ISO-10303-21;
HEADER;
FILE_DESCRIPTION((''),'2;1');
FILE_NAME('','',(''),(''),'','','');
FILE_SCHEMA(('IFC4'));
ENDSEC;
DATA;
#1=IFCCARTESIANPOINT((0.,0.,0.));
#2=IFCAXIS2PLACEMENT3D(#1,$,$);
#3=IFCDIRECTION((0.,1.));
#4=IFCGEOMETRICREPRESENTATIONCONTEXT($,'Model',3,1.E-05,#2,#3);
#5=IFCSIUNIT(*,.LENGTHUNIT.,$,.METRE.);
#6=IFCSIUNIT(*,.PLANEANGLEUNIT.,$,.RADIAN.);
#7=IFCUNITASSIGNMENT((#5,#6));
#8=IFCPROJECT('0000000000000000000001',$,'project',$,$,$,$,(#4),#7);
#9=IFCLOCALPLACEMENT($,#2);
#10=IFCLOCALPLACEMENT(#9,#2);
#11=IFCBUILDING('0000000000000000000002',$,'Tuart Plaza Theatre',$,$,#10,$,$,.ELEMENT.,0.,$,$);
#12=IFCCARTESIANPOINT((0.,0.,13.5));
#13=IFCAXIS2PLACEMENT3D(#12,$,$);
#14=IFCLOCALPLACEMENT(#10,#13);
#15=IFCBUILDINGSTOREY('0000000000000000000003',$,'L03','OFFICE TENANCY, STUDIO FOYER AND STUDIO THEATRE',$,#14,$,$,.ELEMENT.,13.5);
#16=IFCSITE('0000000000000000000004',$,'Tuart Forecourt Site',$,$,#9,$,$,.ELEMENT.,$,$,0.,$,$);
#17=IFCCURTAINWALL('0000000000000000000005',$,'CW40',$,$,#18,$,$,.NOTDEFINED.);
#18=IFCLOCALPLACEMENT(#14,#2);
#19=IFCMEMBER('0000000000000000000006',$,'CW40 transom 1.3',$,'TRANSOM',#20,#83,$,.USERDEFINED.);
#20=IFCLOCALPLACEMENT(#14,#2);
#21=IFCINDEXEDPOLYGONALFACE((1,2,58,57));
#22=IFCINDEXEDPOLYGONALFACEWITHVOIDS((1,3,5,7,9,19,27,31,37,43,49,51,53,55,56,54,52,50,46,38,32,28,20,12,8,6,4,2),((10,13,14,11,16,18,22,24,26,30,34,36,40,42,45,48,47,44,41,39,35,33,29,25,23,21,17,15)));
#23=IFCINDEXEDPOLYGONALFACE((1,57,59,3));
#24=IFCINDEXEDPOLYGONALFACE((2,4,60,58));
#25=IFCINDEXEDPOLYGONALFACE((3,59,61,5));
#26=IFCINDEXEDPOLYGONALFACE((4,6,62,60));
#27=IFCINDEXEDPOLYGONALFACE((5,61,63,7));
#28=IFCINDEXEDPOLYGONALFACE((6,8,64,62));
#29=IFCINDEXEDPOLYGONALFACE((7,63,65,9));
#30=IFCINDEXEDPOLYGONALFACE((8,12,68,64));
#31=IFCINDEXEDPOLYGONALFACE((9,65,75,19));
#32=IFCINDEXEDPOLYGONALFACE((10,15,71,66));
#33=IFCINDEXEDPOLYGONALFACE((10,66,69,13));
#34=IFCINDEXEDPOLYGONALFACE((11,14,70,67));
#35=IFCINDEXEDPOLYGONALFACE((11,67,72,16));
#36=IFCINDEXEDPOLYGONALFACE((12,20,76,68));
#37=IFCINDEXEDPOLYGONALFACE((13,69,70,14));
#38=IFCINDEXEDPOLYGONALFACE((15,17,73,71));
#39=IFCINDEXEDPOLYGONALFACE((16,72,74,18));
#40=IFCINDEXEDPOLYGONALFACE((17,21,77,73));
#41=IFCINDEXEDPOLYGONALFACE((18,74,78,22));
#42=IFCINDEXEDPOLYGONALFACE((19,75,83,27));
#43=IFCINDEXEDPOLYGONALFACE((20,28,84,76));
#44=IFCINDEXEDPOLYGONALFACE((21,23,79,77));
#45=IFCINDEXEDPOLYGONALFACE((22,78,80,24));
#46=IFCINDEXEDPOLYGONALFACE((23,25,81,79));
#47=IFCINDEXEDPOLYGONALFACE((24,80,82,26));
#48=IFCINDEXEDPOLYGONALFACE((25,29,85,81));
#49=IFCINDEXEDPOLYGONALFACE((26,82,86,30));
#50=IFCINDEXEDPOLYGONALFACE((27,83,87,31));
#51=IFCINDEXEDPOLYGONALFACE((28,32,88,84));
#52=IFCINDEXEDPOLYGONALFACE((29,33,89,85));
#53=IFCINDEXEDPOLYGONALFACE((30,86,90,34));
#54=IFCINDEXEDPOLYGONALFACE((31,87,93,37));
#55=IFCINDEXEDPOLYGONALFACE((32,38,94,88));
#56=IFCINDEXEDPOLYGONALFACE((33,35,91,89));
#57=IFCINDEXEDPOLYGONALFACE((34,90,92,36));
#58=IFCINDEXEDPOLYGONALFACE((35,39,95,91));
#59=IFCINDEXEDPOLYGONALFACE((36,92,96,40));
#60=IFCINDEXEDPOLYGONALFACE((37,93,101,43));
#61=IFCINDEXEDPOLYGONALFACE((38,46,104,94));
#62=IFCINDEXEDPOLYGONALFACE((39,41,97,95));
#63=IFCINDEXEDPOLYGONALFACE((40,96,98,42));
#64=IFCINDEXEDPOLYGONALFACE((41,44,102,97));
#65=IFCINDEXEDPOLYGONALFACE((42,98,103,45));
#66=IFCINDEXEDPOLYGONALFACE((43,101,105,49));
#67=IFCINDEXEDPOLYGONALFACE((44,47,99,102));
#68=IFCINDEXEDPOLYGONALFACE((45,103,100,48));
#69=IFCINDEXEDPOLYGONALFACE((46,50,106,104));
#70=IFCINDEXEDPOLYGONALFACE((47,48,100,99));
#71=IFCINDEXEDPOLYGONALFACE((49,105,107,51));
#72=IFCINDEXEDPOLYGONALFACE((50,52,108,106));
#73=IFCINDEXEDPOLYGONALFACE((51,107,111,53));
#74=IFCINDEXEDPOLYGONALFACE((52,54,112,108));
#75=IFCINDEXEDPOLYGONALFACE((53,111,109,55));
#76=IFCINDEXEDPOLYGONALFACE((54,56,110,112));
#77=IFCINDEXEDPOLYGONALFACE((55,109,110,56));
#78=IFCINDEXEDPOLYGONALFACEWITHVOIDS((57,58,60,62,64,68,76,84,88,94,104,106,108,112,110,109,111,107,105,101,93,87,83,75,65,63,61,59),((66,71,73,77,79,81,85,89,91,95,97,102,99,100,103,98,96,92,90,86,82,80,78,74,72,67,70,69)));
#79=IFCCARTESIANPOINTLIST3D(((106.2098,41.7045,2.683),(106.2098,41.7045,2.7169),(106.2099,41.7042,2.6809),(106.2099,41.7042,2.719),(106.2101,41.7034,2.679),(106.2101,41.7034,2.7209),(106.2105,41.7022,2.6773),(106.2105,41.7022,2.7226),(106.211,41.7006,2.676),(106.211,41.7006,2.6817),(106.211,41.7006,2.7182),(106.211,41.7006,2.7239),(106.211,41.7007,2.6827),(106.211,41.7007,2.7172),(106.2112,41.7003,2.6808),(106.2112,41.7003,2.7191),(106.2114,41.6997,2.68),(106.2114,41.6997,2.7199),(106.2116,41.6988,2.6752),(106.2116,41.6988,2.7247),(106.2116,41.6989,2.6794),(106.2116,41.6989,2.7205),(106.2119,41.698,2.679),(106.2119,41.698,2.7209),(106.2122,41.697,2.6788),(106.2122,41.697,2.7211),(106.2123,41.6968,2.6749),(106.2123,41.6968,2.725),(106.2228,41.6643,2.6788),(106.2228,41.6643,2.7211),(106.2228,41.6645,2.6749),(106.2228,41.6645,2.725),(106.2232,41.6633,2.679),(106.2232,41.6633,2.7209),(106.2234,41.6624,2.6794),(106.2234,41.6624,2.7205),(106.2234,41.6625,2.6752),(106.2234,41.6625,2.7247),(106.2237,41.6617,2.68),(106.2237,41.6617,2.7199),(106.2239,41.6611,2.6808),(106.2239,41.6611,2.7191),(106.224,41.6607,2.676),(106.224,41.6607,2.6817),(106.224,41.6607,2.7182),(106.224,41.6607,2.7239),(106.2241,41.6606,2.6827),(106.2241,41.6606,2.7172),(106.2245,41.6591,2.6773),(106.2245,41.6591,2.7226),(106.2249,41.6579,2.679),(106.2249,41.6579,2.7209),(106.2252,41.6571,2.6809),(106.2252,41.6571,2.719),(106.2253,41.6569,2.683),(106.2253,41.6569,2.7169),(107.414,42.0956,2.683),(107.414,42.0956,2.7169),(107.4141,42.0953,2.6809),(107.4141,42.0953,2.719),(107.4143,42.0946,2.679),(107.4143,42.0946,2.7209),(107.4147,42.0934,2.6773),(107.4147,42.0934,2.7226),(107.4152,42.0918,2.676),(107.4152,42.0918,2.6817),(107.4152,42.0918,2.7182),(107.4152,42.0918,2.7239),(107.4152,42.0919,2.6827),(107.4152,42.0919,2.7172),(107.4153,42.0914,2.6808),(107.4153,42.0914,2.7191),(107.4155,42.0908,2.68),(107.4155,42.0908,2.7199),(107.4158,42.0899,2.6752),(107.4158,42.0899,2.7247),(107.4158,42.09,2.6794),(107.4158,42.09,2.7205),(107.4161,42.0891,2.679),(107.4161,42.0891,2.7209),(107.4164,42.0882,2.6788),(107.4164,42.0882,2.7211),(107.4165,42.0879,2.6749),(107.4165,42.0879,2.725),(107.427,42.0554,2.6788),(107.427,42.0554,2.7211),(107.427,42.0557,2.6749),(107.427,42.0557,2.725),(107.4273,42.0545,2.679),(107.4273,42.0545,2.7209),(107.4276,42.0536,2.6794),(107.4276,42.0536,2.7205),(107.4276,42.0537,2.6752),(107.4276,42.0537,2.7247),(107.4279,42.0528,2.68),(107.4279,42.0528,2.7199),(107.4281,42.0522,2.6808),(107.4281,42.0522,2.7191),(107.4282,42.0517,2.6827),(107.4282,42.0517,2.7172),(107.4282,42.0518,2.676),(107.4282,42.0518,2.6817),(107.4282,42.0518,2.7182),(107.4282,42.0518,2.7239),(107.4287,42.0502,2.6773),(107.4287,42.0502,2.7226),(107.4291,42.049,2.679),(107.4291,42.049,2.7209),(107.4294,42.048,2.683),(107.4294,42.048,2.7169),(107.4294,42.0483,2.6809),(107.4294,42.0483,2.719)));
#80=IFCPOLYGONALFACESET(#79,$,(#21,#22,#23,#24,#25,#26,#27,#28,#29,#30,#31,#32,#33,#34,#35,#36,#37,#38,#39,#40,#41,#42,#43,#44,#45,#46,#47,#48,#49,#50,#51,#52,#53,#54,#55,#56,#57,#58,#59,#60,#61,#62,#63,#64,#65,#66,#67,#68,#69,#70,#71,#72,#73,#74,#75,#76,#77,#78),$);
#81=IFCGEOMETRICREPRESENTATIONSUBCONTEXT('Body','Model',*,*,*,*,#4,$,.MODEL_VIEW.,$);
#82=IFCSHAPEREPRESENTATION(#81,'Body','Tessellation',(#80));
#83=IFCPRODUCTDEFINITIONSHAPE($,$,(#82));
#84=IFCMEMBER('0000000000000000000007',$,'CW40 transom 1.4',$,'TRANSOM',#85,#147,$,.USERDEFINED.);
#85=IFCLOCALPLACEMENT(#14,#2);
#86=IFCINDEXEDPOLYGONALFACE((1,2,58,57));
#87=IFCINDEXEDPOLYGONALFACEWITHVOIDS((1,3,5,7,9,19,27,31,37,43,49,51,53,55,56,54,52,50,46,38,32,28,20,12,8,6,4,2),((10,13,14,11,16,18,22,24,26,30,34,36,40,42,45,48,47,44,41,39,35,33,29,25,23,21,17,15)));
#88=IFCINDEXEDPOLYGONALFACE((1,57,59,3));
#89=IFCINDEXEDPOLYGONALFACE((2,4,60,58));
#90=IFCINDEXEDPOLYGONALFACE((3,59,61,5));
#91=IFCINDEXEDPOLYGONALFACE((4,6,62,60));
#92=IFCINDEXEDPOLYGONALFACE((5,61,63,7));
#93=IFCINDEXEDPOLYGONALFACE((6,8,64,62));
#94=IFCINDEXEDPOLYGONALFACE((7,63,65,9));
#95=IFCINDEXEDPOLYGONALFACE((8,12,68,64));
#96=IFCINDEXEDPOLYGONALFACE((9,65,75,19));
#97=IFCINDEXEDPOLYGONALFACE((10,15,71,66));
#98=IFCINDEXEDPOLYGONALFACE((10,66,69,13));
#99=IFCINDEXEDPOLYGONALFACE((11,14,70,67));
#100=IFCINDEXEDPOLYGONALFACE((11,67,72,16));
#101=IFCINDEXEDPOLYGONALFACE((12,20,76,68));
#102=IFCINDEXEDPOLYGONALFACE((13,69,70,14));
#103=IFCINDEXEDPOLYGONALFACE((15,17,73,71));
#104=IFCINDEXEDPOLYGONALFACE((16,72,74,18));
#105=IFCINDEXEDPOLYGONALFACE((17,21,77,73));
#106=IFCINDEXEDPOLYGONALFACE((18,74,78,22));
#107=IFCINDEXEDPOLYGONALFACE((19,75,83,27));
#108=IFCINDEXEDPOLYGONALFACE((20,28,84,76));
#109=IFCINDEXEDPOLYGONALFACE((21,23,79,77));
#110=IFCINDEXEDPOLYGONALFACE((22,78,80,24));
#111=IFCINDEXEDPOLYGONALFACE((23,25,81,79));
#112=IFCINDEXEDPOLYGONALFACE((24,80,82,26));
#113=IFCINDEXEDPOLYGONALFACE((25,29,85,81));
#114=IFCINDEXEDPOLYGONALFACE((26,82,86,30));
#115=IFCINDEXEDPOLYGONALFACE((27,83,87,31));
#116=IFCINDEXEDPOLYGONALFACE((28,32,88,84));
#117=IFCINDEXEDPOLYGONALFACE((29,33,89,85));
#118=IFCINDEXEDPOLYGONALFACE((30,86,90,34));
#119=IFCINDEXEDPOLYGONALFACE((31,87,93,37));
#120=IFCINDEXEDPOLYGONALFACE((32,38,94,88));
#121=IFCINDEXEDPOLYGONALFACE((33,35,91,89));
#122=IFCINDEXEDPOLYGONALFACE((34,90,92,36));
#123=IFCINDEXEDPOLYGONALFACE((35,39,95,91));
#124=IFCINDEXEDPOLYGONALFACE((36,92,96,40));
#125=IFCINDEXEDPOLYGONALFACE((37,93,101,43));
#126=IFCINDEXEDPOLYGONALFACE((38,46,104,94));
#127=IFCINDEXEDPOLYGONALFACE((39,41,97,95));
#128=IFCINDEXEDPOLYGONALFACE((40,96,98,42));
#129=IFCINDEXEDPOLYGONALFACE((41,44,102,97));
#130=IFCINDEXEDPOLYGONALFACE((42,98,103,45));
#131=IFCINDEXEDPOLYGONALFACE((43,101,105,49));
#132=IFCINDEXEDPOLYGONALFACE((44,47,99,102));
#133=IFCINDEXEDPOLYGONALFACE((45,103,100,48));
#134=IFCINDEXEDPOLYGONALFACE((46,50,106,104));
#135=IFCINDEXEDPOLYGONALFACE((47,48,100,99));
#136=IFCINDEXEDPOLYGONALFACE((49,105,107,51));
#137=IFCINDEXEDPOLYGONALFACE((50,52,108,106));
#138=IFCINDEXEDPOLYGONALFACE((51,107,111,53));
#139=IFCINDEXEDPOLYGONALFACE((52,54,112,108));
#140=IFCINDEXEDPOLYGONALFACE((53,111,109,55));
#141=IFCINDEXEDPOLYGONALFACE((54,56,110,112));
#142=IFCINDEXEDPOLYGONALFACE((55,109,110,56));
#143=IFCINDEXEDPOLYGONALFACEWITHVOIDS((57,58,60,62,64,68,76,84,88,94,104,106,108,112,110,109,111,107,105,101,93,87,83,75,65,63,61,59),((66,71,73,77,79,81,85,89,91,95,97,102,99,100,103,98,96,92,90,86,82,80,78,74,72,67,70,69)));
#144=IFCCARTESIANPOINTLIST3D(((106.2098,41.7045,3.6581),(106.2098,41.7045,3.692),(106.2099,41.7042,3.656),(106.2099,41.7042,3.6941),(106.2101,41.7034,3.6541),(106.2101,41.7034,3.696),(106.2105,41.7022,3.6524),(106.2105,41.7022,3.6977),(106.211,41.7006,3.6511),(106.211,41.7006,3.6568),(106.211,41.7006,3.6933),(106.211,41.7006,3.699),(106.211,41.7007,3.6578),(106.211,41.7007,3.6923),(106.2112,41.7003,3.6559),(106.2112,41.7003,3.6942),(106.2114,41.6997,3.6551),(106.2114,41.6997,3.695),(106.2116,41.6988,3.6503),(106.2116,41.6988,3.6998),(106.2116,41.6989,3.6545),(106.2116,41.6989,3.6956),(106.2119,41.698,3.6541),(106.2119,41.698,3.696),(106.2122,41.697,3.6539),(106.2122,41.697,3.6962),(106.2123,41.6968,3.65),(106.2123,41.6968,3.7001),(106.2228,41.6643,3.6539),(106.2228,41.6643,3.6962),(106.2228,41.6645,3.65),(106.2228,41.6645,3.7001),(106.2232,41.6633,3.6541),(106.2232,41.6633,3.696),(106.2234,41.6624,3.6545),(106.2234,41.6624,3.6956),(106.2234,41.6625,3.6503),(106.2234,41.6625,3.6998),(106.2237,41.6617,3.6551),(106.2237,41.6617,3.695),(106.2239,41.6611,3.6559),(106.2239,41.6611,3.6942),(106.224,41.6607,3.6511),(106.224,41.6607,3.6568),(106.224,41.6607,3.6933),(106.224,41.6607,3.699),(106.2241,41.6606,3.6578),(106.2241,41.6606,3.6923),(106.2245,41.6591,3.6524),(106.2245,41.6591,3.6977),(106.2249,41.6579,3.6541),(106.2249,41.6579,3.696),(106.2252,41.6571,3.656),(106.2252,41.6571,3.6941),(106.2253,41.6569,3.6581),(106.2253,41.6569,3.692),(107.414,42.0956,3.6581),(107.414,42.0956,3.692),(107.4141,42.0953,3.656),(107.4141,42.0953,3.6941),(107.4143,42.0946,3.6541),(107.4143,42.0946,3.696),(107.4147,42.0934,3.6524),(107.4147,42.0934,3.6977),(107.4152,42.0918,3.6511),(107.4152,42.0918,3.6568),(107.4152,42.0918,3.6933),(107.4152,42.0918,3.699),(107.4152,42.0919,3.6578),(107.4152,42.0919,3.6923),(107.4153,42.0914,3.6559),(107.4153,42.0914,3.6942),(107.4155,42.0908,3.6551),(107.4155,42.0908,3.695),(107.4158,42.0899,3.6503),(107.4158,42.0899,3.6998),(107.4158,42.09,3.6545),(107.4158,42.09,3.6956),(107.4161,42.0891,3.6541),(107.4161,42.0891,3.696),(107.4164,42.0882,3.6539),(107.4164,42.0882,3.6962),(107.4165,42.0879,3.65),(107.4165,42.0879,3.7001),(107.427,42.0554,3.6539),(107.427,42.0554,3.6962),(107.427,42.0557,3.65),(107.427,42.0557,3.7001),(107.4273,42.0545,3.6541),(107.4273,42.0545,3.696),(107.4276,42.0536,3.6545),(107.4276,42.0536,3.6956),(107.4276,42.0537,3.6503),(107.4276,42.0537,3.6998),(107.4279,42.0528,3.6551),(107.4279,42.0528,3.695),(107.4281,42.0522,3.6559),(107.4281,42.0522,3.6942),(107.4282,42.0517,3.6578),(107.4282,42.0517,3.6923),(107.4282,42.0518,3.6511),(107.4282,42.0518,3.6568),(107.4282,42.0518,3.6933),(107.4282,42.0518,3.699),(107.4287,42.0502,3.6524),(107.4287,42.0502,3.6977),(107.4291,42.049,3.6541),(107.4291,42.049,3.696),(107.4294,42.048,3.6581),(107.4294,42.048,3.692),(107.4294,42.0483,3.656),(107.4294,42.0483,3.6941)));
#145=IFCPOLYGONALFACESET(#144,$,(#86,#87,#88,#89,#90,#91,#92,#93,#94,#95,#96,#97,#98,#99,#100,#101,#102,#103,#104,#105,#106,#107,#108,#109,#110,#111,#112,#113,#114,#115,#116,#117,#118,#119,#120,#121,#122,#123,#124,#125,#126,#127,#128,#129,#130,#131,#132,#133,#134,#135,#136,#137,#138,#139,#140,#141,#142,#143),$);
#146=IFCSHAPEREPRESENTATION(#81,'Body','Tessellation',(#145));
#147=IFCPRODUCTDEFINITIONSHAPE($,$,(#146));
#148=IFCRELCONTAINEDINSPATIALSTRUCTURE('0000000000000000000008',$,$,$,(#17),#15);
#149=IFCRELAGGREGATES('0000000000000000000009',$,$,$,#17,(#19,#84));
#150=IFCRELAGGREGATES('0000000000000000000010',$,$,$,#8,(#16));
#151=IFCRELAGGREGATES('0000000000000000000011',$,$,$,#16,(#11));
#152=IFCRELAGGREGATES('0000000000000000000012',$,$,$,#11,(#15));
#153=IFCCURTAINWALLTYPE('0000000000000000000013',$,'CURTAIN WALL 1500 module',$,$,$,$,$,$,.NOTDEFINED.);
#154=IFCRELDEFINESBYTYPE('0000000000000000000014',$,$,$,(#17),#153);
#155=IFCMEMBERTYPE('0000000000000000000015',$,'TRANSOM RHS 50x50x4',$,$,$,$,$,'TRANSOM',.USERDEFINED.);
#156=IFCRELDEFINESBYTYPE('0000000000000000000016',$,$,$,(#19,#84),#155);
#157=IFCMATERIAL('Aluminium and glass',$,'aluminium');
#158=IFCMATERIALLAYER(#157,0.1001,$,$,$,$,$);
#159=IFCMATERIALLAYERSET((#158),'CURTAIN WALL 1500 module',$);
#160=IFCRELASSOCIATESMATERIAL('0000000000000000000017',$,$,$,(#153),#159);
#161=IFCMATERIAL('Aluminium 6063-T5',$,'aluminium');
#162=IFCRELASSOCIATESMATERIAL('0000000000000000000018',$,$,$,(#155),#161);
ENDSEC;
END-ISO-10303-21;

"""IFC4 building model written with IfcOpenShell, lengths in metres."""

from ifc_helpers import new_model, si_unit, direction, frame, origin, origin_2d, place, context, subcontext, project, spatial, hollow_rectangle, extrude, material, layer, layer_set, material_profile, profile_set, type_object, element, aggregate, save


model = new_model("IFC4")

# Units and contexts
model_context = context("Model", 3, precision=1e-05, world=origin(), true_north=direction((0.0, 1.0)))
body_context = subcontext(model_context, "Body", "Model", "MODEL_VIEW")
ifc_project = project(units=[si_unit("LENGTHUNIT", "METRE"), si_unit("PLANEANGLEUNIT", "RADIAN")], contexts=[model_context])

# Site, building, storey
site_placement = place(None, origin())
site = spatial("IfcSite", under=ifc_project, at=site_placement, Name="Tuart Forecourt Site", CompositionType="ELEMENT", RefElevation=0.0)
building_placement = place(site_placement, origin())
building = spatial("IfcBuilding", under=site, at=building_placement, Name="Tuart Plaza Theatre", CompositionType="ELEMENT", ElevationOfRefHeight=0.0)
storey_placement = place(building_placement, frame((0.0, 0.0, 13.5)))
storey = spatial("IfcBuildingStorey", under=building, at=storey_placement, Name="L03", Description="OFFICE TENANCY, STUDIO FOYER AND STUDIO THEATRE", CompositionType="ELEMENT", Elevation=13.5)

# Curtain wall
ifc_material_1 = material(Name="Aluminium and glass", Category="aluminium")
ifc_layer_1 = layer(ifc_material_1, 0.1001)
ifc_layer_set_1 = layer_set([ifc_layer_1], Name="CURTAIN WALL 1500 module")
curtain_wall_type = type_object("IfcCurtainWallType", Name="CURTAIN WALL 1500 module", PredefinedType="NOTDEFINED", material=ifc_layer_set_1)
curtain_wall_1_placement = place(storey_placement, origin())
curtain_wall_1 = element("IfcCurtainWall", 1, at=curtain_wall_1_placement, inside=storey, type_object=curtain_wall_type, Name="CW40", PredefinedType="NOTDEFINED")

# Members
ifc_material_2 = material(Name="Aluminium 6063-T5", Category="aluminium")
ifc_material_profile_1 = material_profile(ifc_material_2, hollow_rectangle(XDim=0.05, YDim=0.05, WallThickness=0.0039, InnerFilletRadius=0.0039, OuterFilletRadius=0.0081, at=origin_2d()), Name="RHS 50x50x4")
ifc_profile_set_1 = profile_set([ifc_material_profile_1], Name="Aluminium 6063-T5")
member_type_1 = type_object("IfcMemberType", Name="TRANSOM RHS 50x50x4", ElementType="TRANSOM", PredefinedType="USERDEFINED", material=ifc_profile_set_1)
member_1_placement = place(storey_placement, frame((106.2175, 41.6807, 2.7), z_axis=(0.951085, 0.308929, 0.0), x_axis=(-0.308929, 0.951085, 0.0)))
member_1 = element("IfcMember", 2, at=member_1_placement, type_object=member_type_1, Name="CW40 transom 1.3", ObjectType="TRANSOM", PredefinedType="USERDEFINED", context=body_context, shape_type="SweptSolid", body=[
    extrude(hollow_rectangle(XDim=0.05, YDim=0.05, WallThickness=0.0039, InnerFilletRadius=0.0039, OuterFilletRadius=0.0081, at=origin_2d()), origin(), (0.0, 0.0, 1.0), 1.2661),
])
member_2_placement = place(storey_placement, frame((106.2175, 41.6807, 3.675), z_axis=(0.951085, 0.308929, 0.0), x_axis=(-0.308929, 0.951085, 0.0)))
member_2 = element("IfcMember", 3, at=member_2_placement, type_object=member_type_1, Name="CW40 transom 1.4", ObjectType="TRANSOM", PredefinedType="USERDEFINED", context=body_context, shape_type="SweptSolid", body=[
    extrude(hollow_rectangle(XDim=0.05, YDim=0.05, WallThickness=0.0039, InnerFilletRadius=0.0039, OuterFilletRadius=0.0081, at=origin_2d()), origin(), (0.0, 0.0, 1.0), 1.2661),
])

aggregate(curtain_wall_1, [member_1, member_2])

save(model, "model.ifc")
